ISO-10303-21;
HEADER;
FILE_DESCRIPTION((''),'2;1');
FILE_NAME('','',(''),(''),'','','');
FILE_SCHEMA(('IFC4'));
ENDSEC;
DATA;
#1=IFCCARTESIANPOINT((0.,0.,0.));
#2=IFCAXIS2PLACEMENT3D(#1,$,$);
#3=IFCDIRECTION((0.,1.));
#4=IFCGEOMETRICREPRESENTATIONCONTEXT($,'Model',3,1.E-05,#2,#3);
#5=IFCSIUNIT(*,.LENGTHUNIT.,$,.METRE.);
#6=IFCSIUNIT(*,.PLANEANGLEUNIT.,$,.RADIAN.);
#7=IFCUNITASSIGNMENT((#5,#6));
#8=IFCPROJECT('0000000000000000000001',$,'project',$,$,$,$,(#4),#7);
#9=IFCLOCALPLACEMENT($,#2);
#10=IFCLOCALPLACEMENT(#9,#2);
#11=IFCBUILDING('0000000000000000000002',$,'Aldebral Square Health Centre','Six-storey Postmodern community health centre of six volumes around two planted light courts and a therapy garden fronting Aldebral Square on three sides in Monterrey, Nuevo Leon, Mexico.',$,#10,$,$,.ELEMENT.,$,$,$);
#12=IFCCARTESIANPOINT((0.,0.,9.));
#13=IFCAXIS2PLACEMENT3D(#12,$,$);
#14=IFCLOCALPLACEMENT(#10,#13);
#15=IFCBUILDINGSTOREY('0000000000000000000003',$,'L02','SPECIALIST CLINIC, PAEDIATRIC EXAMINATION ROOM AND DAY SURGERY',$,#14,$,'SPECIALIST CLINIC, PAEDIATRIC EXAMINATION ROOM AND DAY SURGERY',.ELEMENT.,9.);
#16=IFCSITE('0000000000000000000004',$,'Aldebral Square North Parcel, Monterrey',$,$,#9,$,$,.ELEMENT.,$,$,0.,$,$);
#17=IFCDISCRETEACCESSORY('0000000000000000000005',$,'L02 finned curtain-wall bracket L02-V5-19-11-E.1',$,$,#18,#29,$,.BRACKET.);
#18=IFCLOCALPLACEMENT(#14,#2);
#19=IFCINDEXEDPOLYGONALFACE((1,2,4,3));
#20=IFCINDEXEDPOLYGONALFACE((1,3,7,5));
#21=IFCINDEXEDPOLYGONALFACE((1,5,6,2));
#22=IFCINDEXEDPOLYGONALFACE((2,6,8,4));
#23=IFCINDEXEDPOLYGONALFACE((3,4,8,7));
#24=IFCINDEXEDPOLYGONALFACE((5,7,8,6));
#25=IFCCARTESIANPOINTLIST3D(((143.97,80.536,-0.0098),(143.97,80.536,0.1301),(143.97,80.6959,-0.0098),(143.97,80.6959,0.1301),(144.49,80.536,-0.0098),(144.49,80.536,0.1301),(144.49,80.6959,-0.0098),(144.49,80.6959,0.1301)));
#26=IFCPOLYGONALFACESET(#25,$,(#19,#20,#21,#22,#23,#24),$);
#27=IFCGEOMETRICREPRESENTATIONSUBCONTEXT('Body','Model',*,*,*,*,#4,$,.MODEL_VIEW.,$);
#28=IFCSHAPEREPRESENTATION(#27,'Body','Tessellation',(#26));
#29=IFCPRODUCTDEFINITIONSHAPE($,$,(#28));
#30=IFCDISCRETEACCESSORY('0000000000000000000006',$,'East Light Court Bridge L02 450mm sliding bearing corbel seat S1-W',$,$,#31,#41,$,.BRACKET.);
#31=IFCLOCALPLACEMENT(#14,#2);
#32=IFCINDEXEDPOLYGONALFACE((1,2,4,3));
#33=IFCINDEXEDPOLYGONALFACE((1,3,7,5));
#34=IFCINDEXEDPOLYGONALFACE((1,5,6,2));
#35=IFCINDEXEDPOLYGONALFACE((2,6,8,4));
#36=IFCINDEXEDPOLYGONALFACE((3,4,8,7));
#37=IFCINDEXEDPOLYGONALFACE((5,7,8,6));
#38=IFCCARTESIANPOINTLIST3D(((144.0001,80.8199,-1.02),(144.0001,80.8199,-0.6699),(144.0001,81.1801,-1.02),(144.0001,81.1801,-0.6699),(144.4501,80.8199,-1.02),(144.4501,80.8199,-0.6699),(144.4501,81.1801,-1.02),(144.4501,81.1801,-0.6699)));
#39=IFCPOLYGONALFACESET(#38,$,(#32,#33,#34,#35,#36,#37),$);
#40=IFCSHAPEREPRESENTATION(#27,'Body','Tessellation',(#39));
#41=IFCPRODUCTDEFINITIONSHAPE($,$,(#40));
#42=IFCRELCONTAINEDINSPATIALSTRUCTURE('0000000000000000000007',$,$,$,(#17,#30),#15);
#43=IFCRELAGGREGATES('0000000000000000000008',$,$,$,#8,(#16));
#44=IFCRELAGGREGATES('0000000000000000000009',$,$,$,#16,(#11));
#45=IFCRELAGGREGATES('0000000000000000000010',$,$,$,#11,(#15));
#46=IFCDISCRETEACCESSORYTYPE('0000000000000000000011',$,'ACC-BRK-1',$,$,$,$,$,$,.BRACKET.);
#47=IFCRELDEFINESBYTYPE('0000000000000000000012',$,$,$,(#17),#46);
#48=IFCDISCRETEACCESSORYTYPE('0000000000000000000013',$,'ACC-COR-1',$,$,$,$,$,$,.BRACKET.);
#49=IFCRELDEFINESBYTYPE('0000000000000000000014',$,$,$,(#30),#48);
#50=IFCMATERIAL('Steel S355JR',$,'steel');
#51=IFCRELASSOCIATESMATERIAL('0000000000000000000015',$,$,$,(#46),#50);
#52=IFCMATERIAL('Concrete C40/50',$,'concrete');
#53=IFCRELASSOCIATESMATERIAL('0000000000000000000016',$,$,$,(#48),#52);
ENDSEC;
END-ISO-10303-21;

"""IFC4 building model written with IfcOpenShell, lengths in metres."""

from ifc_helpers import new_model, si_unit, direction, frame, origin, origin_2d, place, context, subcontext, project, spatial, rectangle, extrude, material, type_object, element, save


model = new_model("IFC4")

# Units and contexts
model_context = context("Model", 3, precision=1e-05, world=origin(), true_north=direction((0.0, 1.0)))
body_context = subcontext(model_context, "Body", "Model", "MODEL_VIEW")
ifc_project = project(units=[si_unit("LENGTHUNIT", "METRE"), si_unit("PLANEANGLEUNIT", "RADIAN")], contexts=[model_context])

# Site, building, storey
site_placement = place(None, origin())
site = spatial("IfcSite", under=ifc_project, at=site_placement, Name="Aldebral Square North Parcel, Monterrey", CompositionType="ELEMENT", RefElevation=0.0)
building_placement = place(site_placement, origin())
building = spatial("IfcBuilding", under=site, at=building_placement, Name="Aldebral Square Health Centre", Description="Six-storey Postmodern community health centre of six volumes around two planted light courts and a therapy garden fronting Aldebral Square on three sides in Monterrey, Nuevo Leon, Mexico.", CompositionType="ELEMENT")
storey_placement = place(building_placement, frame((0.0, 0.0, 9.0)))
storey = spatial("IfcBuildingStorey", under=building, at=storey_placement, Name="L02", Description="SPECIALIST CLINIC, PAEDIATRIC EXAMINATION ROOM AND DAY SURGERY", LongName="SPECIALIST CLINIC, PAEDIATRIC EXAMINATION ROOM AND DAY SURGERY", CompositionType="ELEMENT", Elevation=9.0)

# Shared definitions
ifc_material_1 = material(Name="Concrete C40/50", Category="concrete")
ifc_material_2 = material(Name="Steel S355JR", Category="steel")

# Discrete accessories
discrete_accessory_type_1 = type_object("IfcDiscreteAccessoryType", Name="ACC-BRK-1", PredefinedType="BRACKET", material=ifc_material_2)
for number, where, z_axis, x_axis, name in (
    (1, (144.23, 80.616, -0.0098), (0.0, 0.0, 1.0), (0.0, 1.0, 0.0), "L02 finned curtain-wall bracket L02-V5-19-11-E.1"),
):
    element("IfcDiscreteAccessory", number, at=place(storey_placement, frame(where, z_axis=z_axis, x_axis=x_axis)), inside=storey, type_object=discrete_accessory_type_1, Name=name, PredefinedType="BRACKET", context=body_context, shape_type="SweptSolid", body=[
        extrude(rectangle(XDim=0.1599, YDim=0.52, at=origin_2d()), origin(), (0.0, 0.0, 1.0), 0.1399),
    ])
discrete_accessory_type_2 = type_object("IfcDiscreteAccessoryType", Name="ACC-COR-1", PredefinedType="BRACKET", material=ifc_material_1)
discrete_accessory_placement = place(storey_placement, frame((144.2251, 81.0, -1.02), z_axis=(0.0, 0.0, 1.0), x_axis=(1.0, 0.0, 0.0)))
element("IfcDiscreteAccessory", 2, at=discrete_accessory_placement, inside=storey, type_object=discrete_accessory_type_2, Name="East Light Court Bridge L02 450mm sliding bearing corbel seat S1-W", PredefinedType="BRACKET", context=body_context, shape_type="SweptSolid", body=[
    extrude(rectangle(XDim=0.45, YDim=0.3601, at=origin_2d()), origin(), (0.0, 0.0, 1.0), 0.3501),
])

save(model, "model.ifc")
